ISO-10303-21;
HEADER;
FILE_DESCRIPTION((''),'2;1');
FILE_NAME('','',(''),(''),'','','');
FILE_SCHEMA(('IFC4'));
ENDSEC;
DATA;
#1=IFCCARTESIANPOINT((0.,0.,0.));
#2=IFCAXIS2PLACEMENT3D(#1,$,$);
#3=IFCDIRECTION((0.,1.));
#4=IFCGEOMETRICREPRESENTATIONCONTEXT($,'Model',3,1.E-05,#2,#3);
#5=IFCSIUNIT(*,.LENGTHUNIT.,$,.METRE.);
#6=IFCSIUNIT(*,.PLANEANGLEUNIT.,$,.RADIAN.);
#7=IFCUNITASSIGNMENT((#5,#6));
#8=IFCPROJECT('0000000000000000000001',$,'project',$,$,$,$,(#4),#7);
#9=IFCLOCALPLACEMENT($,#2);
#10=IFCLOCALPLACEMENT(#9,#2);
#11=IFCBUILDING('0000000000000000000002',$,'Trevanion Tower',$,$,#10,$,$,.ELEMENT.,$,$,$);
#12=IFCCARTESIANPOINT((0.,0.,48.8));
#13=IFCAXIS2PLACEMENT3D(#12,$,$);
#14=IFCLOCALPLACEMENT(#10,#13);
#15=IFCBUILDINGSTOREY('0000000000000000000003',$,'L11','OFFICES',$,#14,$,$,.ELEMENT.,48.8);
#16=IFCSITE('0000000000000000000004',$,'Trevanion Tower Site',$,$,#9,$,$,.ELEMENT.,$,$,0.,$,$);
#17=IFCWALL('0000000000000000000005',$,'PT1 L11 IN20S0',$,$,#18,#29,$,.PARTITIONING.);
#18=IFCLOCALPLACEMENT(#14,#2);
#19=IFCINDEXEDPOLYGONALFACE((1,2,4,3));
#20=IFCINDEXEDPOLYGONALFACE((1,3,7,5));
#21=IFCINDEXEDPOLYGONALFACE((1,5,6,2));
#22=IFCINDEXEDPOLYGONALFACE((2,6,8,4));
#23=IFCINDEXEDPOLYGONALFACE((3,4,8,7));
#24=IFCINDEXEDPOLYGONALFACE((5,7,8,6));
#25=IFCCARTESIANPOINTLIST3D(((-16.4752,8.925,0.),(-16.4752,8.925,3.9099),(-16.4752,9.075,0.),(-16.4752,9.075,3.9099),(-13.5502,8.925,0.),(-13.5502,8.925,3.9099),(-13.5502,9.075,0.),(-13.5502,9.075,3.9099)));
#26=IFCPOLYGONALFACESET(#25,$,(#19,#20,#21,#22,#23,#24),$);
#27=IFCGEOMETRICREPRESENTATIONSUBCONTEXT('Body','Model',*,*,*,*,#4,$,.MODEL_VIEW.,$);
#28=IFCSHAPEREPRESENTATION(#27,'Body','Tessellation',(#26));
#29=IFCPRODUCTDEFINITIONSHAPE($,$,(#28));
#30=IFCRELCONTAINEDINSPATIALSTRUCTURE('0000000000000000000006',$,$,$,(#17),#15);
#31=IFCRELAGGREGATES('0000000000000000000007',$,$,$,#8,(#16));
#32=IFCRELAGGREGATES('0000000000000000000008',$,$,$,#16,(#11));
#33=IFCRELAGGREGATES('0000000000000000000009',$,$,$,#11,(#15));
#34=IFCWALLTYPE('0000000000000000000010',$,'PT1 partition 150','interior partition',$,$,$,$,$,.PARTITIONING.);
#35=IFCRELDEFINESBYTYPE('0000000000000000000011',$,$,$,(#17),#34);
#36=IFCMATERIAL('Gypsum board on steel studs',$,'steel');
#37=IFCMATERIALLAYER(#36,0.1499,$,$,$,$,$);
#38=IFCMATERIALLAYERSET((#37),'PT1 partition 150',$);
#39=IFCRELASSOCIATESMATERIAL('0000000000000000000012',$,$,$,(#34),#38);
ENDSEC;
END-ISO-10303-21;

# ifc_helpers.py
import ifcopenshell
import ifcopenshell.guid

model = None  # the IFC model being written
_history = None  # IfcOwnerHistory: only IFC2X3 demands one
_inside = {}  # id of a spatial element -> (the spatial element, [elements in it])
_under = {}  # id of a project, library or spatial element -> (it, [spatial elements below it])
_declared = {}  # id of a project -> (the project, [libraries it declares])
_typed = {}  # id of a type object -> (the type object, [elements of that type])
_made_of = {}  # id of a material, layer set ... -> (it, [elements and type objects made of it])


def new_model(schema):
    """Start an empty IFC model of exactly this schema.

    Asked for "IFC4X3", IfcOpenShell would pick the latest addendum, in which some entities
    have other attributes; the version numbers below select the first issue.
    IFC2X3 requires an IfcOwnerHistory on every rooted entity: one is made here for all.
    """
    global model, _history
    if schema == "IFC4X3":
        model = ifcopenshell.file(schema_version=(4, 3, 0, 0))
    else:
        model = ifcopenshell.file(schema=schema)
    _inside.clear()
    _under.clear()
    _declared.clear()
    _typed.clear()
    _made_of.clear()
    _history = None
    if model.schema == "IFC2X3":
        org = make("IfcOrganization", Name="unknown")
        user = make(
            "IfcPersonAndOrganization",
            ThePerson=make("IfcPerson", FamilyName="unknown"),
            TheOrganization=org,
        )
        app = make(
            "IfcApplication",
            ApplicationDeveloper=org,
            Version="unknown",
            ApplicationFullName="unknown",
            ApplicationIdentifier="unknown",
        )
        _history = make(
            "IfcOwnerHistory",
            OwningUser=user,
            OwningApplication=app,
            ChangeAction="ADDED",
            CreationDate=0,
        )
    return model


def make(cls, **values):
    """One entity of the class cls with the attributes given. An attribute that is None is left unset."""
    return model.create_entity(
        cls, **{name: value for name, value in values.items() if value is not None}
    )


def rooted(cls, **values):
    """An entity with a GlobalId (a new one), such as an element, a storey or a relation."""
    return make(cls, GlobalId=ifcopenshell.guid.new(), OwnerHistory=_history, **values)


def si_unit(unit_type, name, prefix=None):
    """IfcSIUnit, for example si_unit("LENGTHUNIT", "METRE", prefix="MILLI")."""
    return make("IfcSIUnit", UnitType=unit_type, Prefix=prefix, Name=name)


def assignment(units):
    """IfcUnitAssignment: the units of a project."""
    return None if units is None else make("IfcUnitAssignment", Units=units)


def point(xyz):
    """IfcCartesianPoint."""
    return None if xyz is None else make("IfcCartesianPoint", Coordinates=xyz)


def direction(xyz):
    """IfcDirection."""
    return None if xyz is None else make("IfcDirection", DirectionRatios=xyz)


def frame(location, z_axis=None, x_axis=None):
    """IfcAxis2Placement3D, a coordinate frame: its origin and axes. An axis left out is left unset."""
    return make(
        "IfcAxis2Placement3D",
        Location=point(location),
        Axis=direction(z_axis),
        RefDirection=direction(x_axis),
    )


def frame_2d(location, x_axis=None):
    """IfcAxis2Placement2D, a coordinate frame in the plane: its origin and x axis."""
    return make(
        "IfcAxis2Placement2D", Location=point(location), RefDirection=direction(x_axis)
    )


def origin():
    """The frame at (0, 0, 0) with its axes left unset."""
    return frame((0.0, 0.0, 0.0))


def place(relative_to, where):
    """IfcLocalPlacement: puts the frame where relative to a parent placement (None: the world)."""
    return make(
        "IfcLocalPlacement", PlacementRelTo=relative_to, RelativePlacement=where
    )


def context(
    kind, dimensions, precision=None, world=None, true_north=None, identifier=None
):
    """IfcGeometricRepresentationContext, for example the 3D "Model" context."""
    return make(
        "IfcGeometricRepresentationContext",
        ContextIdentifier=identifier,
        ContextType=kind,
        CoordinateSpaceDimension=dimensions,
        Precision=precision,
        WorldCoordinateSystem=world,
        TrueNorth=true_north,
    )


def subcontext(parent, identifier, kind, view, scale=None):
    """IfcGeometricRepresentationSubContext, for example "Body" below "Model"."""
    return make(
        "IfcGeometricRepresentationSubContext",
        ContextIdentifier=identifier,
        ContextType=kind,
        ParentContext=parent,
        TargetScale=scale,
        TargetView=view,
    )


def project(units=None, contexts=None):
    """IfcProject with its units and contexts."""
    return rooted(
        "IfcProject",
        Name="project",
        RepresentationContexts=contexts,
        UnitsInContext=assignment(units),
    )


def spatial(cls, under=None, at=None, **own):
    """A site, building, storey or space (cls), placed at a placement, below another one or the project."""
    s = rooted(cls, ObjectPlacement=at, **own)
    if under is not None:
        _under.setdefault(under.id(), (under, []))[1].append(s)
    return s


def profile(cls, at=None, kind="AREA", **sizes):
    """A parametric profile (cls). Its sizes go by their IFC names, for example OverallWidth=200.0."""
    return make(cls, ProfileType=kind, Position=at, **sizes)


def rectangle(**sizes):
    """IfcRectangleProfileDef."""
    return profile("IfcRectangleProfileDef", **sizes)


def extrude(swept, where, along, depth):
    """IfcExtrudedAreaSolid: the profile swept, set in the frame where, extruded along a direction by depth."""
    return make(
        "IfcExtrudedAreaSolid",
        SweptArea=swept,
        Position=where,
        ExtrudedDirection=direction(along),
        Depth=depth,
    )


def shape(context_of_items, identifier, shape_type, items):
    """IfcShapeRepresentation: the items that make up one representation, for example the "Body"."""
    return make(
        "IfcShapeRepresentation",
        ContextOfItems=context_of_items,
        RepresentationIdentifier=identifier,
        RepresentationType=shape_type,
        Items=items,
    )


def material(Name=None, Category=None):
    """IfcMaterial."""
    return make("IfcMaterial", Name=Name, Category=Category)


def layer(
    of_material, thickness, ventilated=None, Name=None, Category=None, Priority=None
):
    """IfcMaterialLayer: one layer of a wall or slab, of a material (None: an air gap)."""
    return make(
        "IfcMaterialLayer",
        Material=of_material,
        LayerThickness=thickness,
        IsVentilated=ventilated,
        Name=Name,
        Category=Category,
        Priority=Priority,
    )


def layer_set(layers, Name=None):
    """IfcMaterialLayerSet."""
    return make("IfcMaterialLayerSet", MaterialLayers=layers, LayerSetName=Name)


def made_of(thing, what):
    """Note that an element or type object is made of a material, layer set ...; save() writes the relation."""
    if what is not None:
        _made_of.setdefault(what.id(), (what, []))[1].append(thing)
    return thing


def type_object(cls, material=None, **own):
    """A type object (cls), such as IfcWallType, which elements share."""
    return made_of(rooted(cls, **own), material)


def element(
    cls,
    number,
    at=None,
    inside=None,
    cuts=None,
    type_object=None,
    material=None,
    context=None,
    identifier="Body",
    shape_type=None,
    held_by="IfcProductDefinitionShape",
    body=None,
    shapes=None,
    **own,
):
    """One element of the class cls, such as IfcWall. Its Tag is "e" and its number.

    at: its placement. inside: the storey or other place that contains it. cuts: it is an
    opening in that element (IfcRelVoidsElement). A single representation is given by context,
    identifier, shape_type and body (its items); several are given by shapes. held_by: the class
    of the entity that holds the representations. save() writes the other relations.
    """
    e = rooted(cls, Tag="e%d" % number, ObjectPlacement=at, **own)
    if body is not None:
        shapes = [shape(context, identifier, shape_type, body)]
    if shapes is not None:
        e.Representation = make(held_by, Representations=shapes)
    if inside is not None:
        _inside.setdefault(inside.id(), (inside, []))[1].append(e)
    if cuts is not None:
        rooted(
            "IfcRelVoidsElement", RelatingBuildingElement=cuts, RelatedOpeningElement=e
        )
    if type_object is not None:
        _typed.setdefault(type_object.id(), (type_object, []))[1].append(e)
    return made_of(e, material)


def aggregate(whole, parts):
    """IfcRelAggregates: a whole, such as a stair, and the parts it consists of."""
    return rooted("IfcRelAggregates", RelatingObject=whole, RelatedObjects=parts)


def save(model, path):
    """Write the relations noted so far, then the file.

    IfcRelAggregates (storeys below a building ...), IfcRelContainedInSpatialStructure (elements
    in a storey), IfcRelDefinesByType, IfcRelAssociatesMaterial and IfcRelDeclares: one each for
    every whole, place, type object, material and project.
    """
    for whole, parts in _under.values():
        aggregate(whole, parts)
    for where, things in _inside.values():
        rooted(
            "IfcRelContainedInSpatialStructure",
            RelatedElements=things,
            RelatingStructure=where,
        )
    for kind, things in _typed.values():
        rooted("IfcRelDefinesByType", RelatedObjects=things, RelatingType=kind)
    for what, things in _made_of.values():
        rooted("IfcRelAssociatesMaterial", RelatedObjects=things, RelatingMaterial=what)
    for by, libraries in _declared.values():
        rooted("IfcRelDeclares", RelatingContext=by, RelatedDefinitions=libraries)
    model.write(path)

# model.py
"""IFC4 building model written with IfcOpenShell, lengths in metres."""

from ifc_helpers import new_model, si_unit, direction, frame, frame_2d, origin, place, context, subcontext, project, spatial, rectangle, extrude, material, layer, layer_set, type_object, element, save


model = new_model("IFC4")

# Units and contexts
model_context = context("Model", 3, precision=1e-05, world=origin(), true_north=direction((0.0, 1.0)))
body_context = subcontext(model_context, "Body", "Model", "MODEL_VIEW")
ifc_project = project(units=[si_unit("LENGTHUNIT", "METRE"), si_unit("PLANEANGLEUNIT", "RADIAN")], contexts=[model_context])

# Site, building, storey
site_placement = place(None, origin())
site = spatial("IfcSite", under=ifc_project, at=site_placement, Name="Trevanion Tower Site", CompositionType="ELEMENT", RefElevation=0.0)
building_placement = place(site_placement, origin())
building = spatial("IfcBuilding", under=site, at=building_placement, Name="Trevanion Tower", CompositionType="ELEMENT")
storey_placement = place(building_placement, frame((0.0, 0.0, 48.8)))
storey = spatial("IfcBuildingStorey", under=building, at=storey_placement, Name="L11", Description="OFFICES", CompositionType="ELEMENT", Elevation=48.8)

# Shared definitions
ifc_material_1 = material(Name="Gypsum board on steel studs", Category="steel")
ifc_layer_1 = layer(ifc_material_1, 0.1499)
ifc_layer_set_1 = layer_set([ifc_layer_1], Name="PT1 partition 150")
wall_type = type_object("IfcWallType", Name="PT1 partition 150", Description="interior partition", PredefinedType="PARTITIONING", material=ifc_layer_set_1)

# Wall
wall_1_placement = place(storey_placement, frame((-16.4751, 9.0, 0.0), z_axis=(0.0, 0.0, 1.0), x_axis=(1.0, 0.0, 0.0)))
element("IfcWall", 1, at=wall_1_placement, inside=storey, type_object=wall_type, Name="PT1 L11 IN20S0", PredefinedType="PARTITIONING", context=body_context, shape_type="SweptSolid", body=[
    extrude(rectangle(XDim=2.925, YDim=0.1499, at=frame_2d((1.4624, 0.0))), origin(), (0.0, 0.0, 1.0), 3.9099),
])

save(model, "model.ifc")
